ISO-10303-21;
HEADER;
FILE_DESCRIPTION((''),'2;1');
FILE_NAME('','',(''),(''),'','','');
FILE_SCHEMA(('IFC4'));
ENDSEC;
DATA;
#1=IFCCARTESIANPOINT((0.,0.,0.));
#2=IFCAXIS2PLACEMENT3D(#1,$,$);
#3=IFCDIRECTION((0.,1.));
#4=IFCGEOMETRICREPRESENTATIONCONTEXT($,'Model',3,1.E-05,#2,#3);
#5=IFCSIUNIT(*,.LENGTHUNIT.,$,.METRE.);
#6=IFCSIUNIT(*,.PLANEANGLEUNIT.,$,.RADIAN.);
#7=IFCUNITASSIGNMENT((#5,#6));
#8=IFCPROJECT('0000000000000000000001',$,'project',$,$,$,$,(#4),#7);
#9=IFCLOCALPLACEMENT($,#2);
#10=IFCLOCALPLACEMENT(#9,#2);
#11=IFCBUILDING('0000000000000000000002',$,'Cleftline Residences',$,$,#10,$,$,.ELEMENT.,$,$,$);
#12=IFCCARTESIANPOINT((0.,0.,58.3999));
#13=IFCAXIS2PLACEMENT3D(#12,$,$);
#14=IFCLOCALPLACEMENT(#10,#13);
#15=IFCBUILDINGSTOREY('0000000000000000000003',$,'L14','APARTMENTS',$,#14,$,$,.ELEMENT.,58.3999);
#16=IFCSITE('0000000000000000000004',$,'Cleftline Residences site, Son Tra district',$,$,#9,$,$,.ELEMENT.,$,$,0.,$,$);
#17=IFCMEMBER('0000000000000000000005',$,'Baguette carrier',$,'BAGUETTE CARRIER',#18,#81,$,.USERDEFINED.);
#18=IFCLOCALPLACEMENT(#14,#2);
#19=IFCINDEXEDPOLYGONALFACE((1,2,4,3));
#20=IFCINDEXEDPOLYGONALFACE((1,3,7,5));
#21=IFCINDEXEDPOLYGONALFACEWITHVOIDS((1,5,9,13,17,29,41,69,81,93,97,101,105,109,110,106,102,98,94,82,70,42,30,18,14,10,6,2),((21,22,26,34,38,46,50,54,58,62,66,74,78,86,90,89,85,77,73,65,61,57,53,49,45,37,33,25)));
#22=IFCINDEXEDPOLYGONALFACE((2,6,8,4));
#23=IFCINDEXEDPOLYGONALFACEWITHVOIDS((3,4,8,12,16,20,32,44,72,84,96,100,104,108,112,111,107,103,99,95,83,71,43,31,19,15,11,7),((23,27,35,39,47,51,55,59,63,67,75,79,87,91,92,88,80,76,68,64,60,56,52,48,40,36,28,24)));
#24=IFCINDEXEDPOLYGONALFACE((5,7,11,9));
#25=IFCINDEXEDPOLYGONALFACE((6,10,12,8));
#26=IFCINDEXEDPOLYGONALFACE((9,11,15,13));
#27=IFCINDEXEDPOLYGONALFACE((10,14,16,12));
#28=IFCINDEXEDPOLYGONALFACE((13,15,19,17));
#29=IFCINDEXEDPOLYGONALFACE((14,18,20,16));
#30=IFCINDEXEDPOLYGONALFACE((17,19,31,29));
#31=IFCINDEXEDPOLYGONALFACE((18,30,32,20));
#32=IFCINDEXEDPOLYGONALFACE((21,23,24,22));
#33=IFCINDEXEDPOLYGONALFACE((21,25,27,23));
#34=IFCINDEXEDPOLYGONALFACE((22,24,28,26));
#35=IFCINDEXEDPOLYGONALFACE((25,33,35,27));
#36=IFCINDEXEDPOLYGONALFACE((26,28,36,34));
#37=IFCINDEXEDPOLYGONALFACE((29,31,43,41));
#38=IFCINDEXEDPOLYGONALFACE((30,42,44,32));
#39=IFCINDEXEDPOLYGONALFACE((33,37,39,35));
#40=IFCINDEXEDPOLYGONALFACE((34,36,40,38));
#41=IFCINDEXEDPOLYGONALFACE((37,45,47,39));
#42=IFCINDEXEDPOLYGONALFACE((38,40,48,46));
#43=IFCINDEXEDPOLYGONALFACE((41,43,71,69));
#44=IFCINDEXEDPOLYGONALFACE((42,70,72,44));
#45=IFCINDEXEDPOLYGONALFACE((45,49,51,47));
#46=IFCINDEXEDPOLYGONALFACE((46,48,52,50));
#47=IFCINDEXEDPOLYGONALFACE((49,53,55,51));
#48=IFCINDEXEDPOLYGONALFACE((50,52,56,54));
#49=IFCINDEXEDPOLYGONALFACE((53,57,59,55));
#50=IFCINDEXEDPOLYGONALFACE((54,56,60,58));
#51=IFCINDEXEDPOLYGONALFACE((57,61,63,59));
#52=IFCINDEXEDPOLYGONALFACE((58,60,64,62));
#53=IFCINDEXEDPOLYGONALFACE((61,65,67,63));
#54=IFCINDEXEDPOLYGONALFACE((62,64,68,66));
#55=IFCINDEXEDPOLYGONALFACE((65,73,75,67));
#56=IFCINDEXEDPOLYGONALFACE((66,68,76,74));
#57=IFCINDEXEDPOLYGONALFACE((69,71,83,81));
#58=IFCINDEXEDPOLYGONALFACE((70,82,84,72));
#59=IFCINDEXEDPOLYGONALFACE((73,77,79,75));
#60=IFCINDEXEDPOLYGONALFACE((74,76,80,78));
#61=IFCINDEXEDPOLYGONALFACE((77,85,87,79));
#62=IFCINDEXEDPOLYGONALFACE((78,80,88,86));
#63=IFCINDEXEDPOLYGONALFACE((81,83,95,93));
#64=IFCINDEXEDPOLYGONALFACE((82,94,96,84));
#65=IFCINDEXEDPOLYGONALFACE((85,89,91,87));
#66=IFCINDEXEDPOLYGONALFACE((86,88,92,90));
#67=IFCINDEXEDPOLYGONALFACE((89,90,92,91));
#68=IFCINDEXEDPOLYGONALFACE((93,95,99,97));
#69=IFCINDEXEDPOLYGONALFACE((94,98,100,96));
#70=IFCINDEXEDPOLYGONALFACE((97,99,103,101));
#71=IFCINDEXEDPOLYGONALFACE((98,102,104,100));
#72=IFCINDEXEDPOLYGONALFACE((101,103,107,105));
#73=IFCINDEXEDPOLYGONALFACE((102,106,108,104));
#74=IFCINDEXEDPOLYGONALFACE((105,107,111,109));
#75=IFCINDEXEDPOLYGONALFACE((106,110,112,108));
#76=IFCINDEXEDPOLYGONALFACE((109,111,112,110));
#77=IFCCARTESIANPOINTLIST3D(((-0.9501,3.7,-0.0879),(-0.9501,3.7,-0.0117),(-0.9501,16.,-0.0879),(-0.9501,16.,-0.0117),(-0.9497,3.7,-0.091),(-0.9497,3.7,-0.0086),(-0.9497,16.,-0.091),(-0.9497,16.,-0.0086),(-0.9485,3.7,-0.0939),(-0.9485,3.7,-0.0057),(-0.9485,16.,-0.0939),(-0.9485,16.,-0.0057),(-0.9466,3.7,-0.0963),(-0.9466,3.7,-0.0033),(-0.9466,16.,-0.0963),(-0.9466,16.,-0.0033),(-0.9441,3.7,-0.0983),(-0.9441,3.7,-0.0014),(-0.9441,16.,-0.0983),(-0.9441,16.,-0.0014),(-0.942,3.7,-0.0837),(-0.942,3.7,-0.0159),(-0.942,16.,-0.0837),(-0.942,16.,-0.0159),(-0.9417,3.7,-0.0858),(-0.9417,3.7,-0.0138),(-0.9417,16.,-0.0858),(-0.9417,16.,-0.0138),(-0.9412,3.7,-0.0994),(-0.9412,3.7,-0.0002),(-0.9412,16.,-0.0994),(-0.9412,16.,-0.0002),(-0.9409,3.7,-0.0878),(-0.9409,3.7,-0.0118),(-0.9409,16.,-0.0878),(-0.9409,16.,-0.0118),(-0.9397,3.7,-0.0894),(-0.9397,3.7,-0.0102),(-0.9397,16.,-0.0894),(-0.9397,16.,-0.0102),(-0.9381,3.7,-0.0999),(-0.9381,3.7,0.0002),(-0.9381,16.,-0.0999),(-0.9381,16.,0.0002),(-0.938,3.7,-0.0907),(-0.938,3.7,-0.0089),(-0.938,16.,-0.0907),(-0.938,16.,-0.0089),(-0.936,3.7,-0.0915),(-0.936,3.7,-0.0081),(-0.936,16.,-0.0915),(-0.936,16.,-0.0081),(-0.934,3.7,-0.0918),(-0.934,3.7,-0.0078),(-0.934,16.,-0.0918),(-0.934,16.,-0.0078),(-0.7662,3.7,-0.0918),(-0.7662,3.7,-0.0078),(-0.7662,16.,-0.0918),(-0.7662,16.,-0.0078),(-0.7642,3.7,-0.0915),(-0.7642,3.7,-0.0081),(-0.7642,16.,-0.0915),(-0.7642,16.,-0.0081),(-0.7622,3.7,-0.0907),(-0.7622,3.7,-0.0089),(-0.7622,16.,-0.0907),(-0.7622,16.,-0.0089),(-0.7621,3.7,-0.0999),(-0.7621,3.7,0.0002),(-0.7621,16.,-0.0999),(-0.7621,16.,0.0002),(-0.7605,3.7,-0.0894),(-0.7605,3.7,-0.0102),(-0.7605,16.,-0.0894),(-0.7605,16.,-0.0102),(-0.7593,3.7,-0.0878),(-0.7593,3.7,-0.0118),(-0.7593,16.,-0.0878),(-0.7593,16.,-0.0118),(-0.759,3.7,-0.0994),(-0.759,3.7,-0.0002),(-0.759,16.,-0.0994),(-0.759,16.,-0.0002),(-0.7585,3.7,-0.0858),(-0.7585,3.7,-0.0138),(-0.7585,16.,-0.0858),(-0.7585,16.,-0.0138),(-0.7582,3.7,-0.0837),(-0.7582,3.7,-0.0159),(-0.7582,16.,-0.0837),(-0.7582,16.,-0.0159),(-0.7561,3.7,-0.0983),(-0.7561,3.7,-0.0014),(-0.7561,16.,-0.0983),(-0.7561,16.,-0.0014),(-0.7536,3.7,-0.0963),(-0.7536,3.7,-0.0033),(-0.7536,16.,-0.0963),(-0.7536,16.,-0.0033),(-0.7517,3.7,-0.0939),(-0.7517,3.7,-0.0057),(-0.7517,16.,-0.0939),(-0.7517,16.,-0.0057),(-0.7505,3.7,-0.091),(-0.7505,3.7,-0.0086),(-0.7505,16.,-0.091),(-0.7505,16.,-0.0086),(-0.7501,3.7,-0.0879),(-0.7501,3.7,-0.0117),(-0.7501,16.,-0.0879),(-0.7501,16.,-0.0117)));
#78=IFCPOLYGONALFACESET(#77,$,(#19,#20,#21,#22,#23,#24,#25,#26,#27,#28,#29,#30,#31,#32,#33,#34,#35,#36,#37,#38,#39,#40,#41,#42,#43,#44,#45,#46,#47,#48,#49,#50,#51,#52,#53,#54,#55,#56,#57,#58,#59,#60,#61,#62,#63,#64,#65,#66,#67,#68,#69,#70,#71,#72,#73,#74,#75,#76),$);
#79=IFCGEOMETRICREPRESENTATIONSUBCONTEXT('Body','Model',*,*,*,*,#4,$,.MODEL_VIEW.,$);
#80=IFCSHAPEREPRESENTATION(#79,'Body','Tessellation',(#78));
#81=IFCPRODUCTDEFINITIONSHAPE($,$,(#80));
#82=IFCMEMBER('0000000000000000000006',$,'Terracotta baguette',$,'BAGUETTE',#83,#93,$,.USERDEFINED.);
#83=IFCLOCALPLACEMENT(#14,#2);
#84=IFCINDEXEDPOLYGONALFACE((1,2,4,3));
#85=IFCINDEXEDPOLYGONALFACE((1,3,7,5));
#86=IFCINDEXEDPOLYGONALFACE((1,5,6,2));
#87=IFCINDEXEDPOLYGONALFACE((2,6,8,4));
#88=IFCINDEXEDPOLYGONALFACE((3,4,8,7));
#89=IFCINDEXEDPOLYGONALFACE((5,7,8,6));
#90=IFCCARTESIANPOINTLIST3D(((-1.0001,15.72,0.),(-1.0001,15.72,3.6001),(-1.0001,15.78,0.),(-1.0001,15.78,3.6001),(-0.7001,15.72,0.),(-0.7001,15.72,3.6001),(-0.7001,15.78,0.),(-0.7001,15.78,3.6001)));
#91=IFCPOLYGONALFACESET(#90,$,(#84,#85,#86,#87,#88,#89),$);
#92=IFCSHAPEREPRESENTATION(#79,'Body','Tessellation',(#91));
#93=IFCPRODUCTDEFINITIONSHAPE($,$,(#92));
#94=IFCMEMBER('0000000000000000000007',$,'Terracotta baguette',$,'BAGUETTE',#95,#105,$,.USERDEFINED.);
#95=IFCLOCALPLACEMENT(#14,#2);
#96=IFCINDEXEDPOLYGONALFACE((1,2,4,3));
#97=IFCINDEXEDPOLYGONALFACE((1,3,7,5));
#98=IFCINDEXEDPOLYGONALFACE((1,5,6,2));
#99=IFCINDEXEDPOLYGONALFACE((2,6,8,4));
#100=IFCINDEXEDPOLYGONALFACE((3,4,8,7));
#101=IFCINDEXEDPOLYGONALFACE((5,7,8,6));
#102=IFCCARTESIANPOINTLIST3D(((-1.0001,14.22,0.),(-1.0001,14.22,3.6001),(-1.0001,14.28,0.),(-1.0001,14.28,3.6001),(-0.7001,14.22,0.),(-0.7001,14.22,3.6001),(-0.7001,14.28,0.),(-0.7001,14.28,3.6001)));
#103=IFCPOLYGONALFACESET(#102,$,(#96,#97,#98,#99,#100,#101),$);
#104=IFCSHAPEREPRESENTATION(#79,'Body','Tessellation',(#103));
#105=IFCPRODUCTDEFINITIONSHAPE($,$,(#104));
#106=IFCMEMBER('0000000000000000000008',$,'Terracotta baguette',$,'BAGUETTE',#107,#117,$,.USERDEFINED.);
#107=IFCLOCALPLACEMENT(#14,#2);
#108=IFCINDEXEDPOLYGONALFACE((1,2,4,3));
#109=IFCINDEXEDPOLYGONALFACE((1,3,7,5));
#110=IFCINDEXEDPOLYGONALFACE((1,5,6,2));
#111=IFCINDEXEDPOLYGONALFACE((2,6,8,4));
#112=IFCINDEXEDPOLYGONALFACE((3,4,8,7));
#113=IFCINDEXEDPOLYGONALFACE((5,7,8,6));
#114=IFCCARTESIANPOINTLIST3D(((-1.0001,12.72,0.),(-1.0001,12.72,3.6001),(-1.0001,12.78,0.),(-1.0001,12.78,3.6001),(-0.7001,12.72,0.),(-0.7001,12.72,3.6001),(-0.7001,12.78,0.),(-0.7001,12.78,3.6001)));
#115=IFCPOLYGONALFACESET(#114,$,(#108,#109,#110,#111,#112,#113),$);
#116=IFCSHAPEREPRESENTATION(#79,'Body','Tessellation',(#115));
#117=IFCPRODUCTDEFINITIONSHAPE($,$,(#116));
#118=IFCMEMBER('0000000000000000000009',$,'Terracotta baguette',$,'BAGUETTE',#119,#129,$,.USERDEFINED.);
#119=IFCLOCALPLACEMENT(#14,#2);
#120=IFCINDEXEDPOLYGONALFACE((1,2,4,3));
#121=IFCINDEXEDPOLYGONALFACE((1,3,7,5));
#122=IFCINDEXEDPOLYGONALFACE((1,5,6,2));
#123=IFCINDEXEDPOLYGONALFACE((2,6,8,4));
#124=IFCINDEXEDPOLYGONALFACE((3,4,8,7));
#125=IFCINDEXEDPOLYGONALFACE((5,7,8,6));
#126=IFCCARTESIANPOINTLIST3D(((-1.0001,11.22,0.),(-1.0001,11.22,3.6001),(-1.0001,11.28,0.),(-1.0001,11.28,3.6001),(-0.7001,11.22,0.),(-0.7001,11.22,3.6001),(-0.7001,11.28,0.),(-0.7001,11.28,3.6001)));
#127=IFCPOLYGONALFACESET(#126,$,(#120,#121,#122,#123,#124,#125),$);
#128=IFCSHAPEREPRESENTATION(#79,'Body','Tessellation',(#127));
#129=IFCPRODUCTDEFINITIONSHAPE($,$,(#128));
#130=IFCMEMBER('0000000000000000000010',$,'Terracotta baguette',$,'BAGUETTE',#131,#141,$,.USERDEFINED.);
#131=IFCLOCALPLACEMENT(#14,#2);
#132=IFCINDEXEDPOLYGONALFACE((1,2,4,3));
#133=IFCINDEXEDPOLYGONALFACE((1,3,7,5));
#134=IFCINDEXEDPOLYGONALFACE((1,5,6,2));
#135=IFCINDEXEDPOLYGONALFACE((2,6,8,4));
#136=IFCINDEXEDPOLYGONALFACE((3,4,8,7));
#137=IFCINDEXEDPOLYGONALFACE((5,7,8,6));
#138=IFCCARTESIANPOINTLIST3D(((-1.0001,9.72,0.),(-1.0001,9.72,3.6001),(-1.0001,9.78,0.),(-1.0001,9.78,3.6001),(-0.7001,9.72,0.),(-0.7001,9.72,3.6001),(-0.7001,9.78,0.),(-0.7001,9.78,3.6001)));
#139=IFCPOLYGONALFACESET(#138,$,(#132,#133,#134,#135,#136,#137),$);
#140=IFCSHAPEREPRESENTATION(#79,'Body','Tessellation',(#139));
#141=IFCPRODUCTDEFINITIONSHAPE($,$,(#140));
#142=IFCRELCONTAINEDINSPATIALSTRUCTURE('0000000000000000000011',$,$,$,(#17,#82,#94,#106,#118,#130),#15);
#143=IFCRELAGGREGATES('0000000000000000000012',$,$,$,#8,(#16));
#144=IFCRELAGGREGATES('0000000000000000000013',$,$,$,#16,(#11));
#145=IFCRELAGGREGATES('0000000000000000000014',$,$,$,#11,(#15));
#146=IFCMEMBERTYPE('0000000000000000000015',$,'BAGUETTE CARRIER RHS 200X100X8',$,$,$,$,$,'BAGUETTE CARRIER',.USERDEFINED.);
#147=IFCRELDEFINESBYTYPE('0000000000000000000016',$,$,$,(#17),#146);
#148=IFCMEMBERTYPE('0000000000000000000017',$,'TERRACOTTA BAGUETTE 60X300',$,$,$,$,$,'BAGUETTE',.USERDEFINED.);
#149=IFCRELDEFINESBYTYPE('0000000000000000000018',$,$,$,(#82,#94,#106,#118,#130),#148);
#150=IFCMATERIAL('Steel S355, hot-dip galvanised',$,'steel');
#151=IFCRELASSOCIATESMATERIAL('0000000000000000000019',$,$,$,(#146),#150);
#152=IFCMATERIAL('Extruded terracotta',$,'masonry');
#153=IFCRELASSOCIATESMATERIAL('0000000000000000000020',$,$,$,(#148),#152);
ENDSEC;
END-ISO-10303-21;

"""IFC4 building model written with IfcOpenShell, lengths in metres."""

from ifc_helpers import new_model, si_unit, direction, frame, origin, origin_2d, place, context, subcontext, project, spatial, rectangle, hollow_rectangle, extrude, material, material_profile, profile_set, type_object, element, save


model = new_model("IFC4")

# Units and contexts
model_context = context("Model", 3, precision=1e-05, world=origin(), true_north=direction((0.0, 1.0)))
body_context = subcontext(model_context, "Body", "Model", "MODEL_VIEW")
ifc_project = project(units=[si_unit("LENGTHUNIT", "METRE"), si_unit("PLANEANGLEUNIT", "RADIAN")], contexts=[model_context])

# Site, building, storey
site_placement = place(None, origin())
site = spatial("IfcSite", under=ifc_project, at=site_placement, Name="Cleftline Residences site, Son Tra district", CompositionType="ELEMENT", RefElevation=0.0)
building_placement = place(site_placement, origin())
building = spatial("IfcBuilding", under=site, at=building_placement, Name="Cleftline Residences", CompositionType="ELEMENT")
storey_placement = place(building_placement, frame((0.0, 0.0, 58.3999)))
storey = spatial("IfcBuildingStorey", under=building, at=storey_placement, Name="L14", Description="APARTMENTS", CompositionType="ELEMENT", Elevation=58.3999)

# Members
ifc_material_1 = material(Name="Steel S355, hot-dip galvanised", Category="steel")
ifc_material_profile_1 = material_profile(ifc_material_1, hollow_rectangle(XDim=0.1001, YDim=0.2, WallThickness=0.0081, InnerFilletRadius=0.0081, OuterFilletRadius=0.012, at=origin_2d()))
ifc_profile_set_1 = profile_set([ifc_material_profile_1], Name="Steel S355, hot-dip galvanised")
member_type_1 = type_object("IfcMemberType", Name="BAGUETTE CARRIER RHS 200X100X8", ElementType="BAGUETTE CARRIER", PredefinedType="USERDEFINED", material=ifc_profile_set_1)
member_placement = place(storey_placement, frame((-0.8501, 16.0, -0.0498), z_axis=(0.0, -1.0, 0.0), x_axis=(0.0, 0.0, 1.0)))
element("IfcMember", 1, at=member_placement, inside=storey, type_object=member_type_1, Name="Baguette carrier", ObjectType="BAGUETTE CARRIER", PredefinedType="USERDEFINED", context=body_context, shape_type="SweptSolid", body=[
    extrude(hollow_rectangle(XDim=0.1001, YDim=0.2, WallThickness=0.0081, InnerFilletRadius=0.0081, OuterFilletRadius=0.012, at=origin_2d()), origin(), (0.0, 0.0, 1.0), 12.3),
])
ifc_material_2 = material(Name="Extruded terracotta", Category="masonry")
ifc_material_profile_2 = material_profile(ifc_material_2, rectangle(XDim=0.0601, YDim=0.3, at=origin_2d()))
ifc_profile_set_2 = profile_set([ifc_material_profile_2], Name="Extruded terracotta")
member_type_2 = type_object("IfcMemberType", Name="TERRACOTTA BAGUETTE 60X300", ElementType="BAGUETTE", PredefinedType="USERDEFINED", material=ifc_profile_set_2)
for number, where, z_axis, x_axis, name in (
    (2, (-0.8501, 15.75, 0.0), (0.0, 0.0, 1.0), (0.0, 1.0, 0.0), "Terracotta baguette"),
    (3, (-0.8501, 14.25, 0.0), (0.0, 0.0, 1.0), (0.0, 1.0, 0.0), "Terracotta baguette"),
    (4, (-0.8501, 12.75, 0.0), (0.0, 0.0, 1.0), (0.0, 1.0, 0.0), "Terracotta baguette"),
    (5, (-0.8501, 11.25, 0.0), (0.0, 0.0, 1.0), (0.0, 1.0, 0.0), "Terracotta baguette"),
    (6, (-0.8501, 9.75, 0.0), (0.0, 0.0, 1.0), (0.0, 1.0, 0.0), "Terracotta baguette"),
):
    element("IfcMember", number, at=place(storey_placement, frame(where, z_axis=z_axis, x_axis=x_axis)), inside=storey, type_object=member_type_2, Name=name, ObjectType="BAGUETTE", PredefinedType="USERDEFINED", context=body_context, shape_type="SweptSolid", body=[
        extrude(rectangle(XDim=0.0601, YDim=0.3, at=origin_2d()), origin(), (0.0, 0.0, 1.0), 3.6001),
    ])

save(model, "model.ifc")
